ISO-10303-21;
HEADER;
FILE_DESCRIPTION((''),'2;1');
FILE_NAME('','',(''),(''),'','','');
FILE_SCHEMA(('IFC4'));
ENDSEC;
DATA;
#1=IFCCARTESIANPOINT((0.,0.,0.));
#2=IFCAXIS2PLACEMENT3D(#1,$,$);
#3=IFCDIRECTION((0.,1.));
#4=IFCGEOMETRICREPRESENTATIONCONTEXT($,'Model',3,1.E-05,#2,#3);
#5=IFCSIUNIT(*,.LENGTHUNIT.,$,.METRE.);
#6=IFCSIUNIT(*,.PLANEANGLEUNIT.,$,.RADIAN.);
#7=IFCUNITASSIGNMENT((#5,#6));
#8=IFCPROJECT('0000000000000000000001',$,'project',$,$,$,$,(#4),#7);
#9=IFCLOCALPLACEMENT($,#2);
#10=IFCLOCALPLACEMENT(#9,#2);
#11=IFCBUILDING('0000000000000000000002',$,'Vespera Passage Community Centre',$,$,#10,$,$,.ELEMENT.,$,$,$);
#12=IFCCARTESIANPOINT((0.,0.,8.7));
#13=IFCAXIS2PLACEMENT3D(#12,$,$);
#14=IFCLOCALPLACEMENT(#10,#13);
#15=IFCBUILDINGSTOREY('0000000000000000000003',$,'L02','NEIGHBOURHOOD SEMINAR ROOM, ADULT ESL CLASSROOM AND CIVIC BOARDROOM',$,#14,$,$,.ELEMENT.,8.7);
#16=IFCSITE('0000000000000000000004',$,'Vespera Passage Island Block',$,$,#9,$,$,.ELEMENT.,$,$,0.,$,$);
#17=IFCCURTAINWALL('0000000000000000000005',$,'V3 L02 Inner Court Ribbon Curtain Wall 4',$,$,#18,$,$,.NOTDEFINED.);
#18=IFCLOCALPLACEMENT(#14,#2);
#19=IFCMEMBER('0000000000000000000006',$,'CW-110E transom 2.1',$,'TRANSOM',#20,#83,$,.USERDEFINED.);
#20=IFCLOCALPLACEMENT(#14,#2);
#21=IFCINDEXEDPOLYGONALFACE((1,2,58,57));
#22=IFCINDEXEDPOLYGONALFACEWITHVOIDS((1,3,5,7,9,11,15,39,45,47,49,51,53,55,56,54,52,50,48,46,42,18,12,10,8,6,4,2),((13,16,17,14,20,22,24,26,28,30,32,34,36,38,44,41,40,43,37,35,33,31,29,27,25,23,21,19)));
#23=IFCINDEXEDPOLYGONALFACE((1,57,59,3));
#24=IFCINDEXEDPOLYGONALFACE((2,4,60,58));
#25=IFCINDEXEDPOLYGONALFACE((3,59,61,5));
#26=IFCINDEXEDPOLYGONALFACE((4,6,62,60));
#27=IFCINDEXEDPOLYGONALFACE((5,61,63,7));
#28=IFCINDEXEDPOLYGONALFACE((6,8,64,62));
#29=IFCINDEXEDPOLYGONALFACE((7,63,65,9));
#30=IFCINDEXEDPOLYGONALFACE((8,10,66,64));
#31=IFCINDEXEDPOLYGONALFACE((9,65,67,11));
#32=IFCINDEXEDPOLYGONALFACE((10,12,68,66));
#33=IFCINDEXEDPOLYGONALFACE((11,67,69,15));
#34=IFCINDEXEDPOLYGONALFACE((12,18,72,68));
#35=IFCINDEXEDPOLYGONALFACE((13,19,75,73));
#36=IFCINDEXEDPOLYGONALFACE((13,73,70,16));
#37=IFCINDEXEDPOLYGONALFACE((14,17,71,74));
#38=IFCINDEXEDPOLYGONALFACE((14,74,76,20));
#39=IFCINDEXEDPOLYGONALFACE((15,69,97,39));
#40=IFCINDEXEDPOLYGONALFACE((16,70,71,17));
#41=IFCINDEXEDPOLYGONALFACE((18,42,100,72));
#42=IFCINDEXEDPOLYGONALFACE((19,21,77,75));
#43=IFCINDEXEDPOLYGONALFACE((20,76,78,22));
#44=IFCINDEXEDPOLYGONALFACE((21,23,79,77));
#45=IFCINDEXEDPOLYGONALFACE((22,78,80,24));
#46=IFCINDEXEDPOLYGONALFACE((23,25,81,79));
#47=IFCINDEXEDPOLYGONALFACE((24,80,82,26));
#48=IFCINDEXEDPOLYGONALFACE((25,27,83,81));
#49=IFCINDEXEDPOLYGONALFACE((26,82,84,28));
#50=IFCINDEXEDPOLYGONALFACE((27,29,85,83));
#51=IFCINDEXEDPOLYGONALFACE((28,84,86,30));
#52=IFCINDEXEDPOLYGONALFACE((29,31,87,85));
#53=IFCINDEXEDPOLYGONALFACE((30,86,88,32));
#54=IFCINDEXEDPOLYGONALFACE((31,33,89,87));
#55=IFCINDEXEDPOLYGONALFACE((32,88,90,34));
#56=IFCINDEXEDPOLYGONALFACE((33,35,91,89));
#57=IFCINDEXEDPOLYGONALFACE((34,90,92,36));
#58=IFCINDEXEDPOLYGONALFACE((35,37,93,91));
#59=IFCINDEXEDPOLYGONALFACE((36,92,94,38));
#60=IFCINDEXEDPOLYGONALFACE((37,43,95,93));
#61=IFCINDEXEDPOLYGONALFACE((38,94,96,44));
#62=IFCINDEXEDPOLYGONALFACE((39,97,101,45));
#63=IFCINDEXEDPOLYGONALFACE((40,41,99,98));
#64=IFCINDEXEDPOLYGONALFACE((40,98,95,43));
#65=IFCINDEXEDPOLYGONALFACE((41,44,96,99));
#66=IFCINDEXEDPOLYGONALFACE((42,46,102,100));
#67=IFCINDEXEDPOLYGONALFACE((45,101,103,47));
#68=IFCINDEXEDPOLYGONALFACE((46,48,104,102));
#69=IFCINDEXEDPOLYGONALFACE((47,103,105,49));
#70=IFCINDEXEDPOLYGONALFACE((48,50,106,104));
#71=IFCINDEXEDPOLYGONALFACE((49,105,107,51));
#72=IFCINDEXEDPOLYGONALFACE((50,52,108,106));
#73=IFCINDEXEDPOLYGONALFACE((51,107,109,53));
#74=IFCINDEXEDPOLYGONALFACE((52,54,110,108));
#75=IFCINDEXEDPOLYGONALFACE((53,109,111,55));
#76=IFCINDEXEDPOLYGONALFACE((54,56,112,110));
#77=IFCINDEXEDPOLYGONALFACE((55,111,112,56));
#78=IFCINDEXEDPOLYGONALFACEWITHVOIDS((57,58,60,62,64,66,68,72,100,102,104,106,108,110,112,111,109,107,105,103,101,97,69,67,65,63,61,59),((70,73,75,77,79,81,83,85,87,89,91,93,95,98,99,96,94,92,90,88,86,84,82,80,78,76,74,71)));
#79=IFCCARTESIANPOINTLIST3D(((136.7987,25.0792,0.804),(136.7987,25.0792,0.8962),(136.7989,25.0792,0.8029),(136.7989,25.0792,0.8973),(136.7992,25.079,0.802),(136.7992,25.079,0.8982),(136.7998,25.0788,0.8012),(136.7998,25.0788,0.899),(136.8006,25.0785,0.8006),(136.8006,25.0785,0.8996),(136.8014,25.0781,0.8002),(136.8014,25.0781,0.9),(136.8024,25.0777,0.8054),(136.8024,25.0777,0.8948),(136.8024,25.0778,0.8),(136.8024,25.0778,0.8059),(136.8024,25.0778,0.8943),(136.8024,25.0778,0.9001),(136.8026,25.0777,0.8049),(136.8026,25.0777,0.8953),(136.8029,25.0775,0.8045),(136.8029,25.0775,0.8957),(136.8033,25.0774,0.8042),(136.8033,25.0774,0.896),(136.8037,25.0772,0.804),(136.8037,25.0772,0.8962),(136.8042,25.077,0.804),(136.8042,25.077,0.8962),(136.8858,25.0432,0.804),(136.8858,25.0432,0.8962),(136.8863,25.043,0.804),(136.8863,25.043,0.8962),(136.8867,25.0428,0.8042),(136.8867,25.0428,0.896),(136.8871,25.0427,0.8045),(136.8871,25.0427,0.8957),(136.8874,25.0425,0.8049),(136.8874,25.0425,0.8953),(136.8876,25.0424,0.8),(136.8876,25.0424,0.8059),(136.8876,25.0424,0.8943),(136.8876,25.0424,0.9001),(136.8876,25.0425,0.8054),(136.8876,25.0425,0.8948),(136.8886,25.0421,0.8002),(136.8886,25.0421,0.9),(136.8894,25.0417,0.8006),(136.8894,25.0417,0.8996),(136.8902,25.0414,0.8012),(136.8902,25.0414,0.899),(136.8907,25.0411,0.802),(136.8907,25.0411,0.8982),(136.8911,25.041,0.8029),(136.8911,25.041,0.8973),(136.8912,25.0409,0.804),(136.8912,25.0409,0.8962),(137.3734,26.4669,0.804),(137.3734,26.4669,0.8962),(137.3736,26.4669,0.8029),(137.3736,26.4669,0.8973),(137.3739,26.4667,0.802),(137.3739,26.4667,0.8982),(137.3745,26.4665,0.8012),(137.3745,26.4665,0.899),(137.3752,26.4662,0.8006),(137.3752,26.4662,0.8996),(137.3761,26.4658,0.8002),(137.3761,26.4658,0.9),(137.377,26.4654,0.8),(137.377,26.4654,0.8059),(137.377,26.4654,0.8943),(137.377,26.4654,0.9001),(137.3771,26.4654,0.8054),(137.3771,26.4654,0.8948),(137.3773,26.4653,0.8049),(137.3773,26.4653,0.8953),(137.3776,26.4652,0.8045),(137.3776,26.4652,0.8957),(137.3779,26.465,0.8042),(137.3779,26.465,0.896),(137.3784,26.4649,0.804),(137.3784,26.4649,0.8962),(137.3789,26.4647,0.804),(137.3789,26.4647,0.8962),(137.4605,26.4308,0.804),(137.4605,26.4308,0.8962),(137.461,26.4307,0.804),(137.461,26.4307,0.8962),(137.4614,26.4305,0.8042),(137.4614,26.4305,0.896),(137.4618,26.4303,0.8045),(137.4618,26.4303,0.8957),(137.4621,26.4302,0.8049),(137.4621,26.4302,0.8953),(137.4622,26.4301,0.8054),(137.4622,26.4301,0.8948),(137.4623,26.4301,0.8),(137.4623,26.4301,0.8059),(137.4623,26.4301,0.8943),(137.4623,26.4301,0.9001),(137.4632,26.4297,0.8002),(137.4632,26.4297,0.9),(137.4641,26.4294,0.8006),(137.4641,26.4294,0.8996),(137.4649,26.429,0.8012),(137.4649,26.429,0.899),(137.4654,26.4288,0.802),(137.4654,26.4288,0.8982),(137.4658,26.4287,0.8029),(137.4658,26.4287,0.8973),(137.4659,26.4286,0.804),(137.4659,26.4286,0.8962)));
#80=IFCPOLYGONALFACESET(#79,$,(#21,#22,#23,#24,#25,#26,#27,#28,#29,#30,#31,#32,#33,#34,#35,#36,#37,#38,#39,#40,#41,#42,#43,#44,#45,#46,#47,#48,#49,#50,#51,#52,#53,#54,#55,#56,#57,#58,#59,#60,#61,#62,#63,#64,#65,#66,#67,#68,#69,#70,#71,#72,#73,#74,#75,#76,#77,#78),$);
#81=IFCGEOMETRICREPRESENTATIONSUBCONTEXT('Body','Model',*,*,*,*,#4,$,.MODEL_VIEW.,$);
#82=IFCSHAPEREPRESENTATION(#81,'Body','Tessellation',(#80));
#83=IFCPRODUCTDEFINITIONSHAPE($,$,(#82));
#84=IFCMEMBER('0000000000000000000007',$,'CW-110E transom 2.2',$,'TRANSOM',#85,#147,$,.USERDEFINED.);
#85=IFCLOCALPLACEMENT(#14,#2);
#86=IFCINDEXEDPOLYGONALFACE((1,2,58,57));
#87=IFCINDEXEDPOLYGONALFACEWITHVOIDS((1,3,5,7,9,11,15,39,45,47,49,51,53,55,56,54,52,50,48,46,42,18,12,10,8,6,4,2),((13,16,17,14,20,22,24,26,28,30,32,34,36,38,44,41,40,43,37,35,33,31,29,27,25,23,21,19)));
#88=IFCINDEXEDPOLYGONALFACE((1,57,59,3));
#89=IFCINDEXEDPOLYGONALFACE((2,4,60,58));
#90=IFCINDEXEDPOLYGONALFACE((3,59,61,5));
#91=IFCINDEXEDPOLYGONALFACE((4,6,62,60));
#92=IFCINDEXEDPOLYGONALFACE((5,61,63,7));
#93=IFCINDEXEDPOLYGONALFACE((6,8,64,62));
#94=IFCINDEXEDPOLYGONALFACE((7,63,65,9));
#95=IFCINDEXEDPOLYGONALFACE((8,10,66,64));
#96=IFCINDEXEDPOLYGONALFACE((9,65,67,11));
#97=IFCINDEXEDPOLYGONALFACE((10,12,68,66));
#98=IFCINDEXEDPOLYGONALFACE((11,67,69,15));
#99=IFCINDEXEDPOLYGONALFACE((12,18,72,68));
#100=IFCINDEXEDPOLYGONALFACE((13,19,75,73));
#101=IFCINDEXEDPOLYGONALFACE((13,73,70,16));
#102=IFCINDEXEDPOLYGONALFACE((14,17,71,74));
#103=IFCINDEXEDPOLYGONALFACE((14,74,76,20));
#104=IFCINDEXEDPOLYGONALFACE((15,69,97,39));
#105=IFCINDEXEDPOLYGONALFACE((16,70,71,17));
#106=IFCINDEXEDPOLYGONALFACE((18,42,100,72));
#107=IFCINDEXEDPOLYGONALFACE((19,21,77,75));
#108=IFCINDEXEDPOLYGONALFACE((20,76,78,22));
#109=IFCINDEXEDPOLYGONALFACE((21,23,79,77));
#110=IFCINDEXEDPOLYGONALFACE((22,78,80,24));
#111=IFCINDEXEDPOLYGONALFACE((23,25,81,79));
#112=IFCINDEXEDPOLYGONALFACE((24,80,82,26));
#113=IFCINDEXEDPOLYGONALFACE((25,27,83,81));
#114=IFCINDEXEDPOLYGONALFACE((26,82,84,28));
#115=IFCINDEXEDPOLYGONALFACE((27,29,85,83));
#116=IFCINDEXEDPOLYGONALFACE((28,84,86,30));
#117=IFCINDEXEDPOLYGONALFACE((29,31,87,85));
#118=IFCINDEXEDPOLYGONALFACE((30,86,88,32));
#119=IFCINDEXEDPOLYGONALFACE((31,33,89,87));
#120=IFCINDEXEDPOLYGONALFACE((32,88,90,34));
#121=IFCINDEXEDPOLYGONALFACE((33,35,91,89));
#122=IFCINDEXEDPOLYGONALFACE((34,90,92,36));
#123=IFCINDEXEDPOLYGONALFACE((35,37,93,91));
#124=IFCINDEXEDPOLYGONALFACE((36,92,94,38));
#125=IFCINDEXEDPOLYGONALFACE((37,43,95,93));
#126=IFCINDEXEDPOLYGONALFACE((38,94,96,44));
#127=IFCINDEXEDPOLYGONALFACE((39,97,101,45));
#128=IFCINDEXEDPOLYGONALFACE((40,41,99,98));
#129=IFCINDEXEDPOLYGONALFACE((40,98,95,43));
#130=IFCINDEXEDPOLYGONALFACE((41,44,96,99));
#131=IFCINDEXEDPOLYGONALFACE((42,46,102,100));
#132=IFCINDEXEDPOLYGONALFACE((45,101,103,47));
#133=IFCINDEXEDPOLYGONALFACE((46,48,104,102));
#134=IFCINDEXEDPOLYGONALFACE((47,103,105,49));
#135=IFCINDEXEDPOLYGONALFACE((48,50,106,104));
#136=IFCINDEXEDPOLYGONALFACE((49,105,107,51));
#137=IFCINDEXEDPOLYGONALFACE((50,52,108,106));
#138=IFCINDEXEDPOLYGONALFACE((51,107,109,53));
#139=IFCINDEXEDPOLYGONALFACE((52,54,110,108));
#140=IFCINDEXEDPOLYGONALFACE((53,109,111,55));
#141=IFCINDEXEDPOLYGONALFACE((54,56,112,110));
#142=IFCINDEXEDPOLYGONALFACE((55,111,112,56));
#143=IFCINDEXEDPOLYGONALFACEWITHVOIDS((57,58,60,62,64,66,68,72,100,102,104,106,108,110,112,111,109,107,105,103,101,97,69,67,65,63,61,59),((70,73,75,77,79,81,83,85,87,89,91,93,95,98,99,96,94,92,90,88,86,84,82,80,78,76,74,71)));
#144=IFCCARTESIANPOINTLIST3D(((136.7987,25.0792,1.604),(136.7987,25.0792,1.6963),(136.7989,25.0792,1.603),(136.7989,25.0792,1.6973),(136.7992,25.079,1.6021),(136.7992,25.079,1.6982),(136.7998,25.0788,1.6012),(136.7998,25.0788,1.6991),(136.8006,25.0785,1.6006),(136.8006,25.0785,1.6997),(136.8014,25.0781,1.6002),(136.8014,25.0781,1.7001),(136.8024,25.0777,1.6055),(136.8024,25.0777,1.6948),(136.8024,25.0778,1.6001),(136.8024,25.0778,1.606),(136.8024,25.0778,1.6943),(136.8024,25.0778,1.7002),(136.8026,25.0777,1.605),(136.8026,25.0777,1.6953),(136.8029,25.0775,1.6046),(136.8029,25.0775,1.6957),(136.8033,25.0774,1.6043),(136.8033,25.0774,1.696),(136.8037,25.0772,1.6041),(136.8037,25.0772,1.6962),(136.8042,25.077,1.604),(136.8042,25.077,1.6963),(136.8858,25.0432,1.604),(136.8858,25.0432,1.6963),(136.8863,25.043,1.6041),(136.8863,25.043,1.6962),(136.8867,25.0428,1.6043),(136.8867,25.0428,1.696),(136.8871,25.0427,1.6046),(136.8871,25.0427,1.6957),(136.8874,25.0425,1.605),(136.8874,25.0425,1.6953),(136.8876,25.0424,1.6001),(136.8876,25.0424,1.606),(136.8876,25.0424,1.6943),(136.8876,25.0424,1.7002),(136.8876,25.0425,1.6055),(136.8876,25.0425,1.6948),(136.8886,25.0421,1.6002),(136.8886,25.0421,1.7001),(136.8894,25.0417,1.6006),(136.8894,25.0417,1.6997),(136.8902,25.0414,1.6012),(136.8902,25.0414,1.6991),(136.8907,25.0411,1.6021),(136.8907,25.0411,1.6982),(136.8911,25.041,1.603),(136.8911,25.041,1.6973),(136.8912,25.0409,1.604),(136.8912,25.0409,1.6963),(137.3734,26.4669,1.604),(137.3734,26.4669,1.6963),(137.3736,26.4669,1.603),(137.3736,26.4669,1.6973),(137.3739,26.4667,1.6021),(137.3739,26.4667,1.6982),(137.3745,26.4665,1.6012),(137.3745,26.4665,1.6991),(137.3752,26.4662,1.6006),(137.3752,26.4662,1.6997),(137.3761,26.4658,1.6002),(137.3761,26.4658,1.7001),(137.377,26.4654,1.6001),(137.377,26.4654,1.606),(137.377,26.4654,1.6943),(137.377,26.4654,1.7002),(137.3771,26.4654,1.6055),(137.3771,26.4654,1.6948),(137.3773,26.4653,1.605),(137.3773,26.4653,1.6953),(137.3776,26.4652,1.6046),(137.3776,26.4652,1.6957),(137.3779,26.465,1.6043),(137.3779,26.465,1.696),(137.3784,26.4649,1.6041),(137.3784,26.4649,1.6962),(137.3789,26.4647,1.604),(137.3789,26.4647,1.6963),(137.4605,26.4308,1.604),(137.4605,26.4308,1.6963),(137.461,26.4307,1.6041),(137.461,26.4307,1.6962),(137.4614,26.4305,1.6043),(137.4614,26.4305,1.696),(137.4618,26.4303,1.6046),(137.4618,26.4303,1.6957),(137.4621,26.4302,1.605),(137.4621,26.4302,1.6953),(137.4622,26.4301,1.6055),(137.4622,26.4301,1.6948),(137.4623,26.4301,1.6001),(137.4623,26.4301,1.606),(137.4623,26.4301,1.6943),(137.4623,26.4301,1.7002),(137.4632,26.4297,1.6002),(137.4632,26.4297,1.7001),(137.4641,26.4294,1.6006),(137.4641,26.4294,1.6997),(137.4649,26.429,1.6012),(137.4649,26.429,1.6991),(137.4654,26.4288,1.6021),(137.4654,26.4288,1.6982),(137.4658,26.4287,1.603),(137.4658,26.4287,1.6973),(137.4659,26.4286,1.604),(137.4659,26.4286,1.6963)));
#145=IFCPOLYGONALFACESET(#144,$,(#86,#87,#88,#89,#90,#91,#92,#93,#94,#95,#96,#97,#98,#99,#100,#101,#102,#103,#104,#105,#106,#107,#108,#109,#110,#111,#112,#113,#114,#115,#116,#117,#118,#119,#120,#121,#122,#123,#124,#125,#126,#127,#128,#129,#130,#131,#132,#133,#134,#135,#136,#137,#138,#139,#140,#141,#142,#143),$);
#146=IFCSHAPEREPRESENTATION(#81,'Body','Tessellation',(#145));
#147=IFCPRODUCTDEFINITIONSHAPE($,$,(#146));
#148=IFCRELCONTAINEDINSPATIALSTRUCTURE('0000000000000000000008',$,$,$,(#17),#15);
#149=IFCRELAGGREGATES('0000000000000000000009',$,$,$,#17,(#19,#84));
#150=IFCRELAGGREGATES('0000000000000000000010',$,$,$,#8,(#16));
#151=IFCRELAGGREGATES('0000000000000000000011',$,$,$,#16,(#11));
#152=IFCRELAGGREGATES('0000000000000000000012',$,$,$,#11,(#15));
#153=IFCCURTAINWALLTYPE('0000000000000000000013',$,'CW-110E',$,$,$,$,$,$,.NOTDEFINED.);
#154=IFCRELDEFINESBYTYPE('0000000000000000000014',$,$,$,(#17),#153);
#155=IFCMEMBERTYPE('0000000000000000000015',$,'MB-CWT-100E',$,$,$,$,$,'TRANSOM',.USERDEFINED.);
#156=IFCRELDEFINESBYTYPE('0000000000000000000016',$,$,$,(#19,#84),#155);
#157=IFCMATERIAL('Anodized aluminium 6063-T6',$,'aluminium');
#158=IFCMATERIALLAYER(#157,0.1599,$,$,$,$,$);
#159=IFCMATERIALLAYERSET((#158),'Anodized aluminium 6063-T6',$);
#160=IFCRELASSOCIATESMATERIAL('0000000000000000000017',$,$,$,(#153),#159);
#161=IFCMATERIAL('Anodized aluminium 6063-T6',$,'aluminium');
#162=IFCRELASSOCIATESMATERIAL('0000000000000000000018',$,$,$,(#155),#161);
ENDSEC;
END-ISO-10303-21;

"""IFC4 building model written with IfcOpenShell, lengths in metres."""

from ifc_helpers import new_model, si_unit, direction, frame, origin, origin_2d, place, context, subcontext, project, spatial, hollow_rectangle, extrude, material, layer, layer_set, material_profile, profile_set, type_object, element, aggregate, save


model = new_model("IFC4")

# Units and contexts
model_context = context("Model", 3, precision=1e-05, world=origin(), true_north=direction((0.0, 1.0)))
body_context = subcontext(model_context, "Body", "Model", "MODEL_VIEW")
ifc_project = project(units=[si_unit("LENGTHUNIT", "METRE"), si_unit("PLANEANGLEUNIT", "RADIAN")], contexts=[model_context])

# Site, building, storey
site_placement = place(None, origin())
site = spatial("IfcSite", under=ifc_project, at=site_placement, Name="Vespera Passage Island Block", CompositionType="ELEMENT", RefElevation=0.0)
building_placement = place(site_placement, origin())
building = spatial("IfcBuilding", under=site, at=building_placement, Name="Vespera Passage Community Centre", CompositionType="ELEMENT")
storey_placement = place(building_placement, frame((0.0, 0.0, 8.7)))
storey = spatial("IfcBuildingStorey", under=building, at=storey_placement, Name="L02", Description="NEIGHBOURHOOD SEMINAR ROOM, ADULT ESL CLASSROOM AND CIVIC BOARDROOM", CompositionType="ELEMENT", Elevation=8.7)

# Shared definitions
ifc_material_1 = material(Name="Anodized aluminium 6063-T6", Category="aluminium")
ifc_layer_1 = layer(ifc_material_1, 0.1599)
ifc_layer_set_1 = layer_set([ifc_layer_1], Name="Anodized aluminium 6063-T6")
curtain_wall_type_1 = type_object("IfcCurtainWallType", Name="CW-110E", PredefinedType="NOTDEFINED", material=ifc_layer_set_1)

# Curtain wall
curtain_wall_1_placement = place(storey_placement, origin())
curtain_wall_1 = element("IfcCurtainWall", 1, at=curtain_wall_1_placement, inside=storey, type_object=curtain_wall_type_1, Name="V3 L02 Inner Court Ribbon Curtain Wall 4", PredefinedType="NOTDEFINED")

# Members
ifc_material_2 = material(Name="Anodized aluminium 6063-T6", Category="aluminium")
ifc_material_profile_1 = material_profile(ifc_material_2, hollow_rectangle(XDim=0.1001, YDim=0.1001, WallThickness=0.0039, InnerFilletRadius=0.002, OuterFilletRadius=0.0039, at=origin_2d()), Name="ALU100X100X4")
ifc_profile_set_1 = profile_set([ifc_material_profile_1], Name="Anodized aluminium 6063-T6")
member_type_1 = type_object("IfcMemberType", Name="MB-CWT-100E", ElementType="TRANSOM", PredefinedType="USERDEFINED", material=ifc_profile_set_1)
member_1_placement = place(storey_placement, frame((137.4197, 26.4478, 0.8501), z_axis=(-0.382629, -0.923902, 0.0), x_axis=(0.923902, -0.382629, 0.0)))
member_1 = element("IfcMember", 2, at=member_1_placement, type_object=member_type_1, Name="CW-110E transom 2.1", ObjectType="TRANSOM", PredefinedType="USERDEFINED", context=body_context, shape_type="SweptSolid", body=[
    extrude(hollow_rectangle(XDim=0.1001, YDim=0.1001, WallThickness=0.0039, InnerFilletRadius=0.002, OuterFilletRadius=0.0039, at=origin_2d()), origin(), (0.0, 0.0, 1.0), 1.502),
])
member_2_placement = place(storey_placement, frame((137.4197, 26.4478, 1.6501), z_axis=(-0.382629, -0.923902, 0.0), x_axis=(0.923902, -0.382629, 0.0)))
member_2 = element("IfcMember", 3, at=member_2_placement, type_object=member_type_1, Name="CW-110E transom 2.2", ObjectType="TRANSOM", PredefinedType="USERDEFINED", context=body_context, shape_type="SweptSolid", body=[
    extrude(hollow_rectangle(XDim=0.1001, YDim=0.1001, WallThickness=0.0039, InnerFilletRadius=0.002, OuterFilletRadius=0.0039, at=origin_2d()), origin(), (0.0, 0.0, 1.0), 1.502),
])

aggregate(curtain_wall_1, [member_1, member_2])

save(model, "model.ifc")
